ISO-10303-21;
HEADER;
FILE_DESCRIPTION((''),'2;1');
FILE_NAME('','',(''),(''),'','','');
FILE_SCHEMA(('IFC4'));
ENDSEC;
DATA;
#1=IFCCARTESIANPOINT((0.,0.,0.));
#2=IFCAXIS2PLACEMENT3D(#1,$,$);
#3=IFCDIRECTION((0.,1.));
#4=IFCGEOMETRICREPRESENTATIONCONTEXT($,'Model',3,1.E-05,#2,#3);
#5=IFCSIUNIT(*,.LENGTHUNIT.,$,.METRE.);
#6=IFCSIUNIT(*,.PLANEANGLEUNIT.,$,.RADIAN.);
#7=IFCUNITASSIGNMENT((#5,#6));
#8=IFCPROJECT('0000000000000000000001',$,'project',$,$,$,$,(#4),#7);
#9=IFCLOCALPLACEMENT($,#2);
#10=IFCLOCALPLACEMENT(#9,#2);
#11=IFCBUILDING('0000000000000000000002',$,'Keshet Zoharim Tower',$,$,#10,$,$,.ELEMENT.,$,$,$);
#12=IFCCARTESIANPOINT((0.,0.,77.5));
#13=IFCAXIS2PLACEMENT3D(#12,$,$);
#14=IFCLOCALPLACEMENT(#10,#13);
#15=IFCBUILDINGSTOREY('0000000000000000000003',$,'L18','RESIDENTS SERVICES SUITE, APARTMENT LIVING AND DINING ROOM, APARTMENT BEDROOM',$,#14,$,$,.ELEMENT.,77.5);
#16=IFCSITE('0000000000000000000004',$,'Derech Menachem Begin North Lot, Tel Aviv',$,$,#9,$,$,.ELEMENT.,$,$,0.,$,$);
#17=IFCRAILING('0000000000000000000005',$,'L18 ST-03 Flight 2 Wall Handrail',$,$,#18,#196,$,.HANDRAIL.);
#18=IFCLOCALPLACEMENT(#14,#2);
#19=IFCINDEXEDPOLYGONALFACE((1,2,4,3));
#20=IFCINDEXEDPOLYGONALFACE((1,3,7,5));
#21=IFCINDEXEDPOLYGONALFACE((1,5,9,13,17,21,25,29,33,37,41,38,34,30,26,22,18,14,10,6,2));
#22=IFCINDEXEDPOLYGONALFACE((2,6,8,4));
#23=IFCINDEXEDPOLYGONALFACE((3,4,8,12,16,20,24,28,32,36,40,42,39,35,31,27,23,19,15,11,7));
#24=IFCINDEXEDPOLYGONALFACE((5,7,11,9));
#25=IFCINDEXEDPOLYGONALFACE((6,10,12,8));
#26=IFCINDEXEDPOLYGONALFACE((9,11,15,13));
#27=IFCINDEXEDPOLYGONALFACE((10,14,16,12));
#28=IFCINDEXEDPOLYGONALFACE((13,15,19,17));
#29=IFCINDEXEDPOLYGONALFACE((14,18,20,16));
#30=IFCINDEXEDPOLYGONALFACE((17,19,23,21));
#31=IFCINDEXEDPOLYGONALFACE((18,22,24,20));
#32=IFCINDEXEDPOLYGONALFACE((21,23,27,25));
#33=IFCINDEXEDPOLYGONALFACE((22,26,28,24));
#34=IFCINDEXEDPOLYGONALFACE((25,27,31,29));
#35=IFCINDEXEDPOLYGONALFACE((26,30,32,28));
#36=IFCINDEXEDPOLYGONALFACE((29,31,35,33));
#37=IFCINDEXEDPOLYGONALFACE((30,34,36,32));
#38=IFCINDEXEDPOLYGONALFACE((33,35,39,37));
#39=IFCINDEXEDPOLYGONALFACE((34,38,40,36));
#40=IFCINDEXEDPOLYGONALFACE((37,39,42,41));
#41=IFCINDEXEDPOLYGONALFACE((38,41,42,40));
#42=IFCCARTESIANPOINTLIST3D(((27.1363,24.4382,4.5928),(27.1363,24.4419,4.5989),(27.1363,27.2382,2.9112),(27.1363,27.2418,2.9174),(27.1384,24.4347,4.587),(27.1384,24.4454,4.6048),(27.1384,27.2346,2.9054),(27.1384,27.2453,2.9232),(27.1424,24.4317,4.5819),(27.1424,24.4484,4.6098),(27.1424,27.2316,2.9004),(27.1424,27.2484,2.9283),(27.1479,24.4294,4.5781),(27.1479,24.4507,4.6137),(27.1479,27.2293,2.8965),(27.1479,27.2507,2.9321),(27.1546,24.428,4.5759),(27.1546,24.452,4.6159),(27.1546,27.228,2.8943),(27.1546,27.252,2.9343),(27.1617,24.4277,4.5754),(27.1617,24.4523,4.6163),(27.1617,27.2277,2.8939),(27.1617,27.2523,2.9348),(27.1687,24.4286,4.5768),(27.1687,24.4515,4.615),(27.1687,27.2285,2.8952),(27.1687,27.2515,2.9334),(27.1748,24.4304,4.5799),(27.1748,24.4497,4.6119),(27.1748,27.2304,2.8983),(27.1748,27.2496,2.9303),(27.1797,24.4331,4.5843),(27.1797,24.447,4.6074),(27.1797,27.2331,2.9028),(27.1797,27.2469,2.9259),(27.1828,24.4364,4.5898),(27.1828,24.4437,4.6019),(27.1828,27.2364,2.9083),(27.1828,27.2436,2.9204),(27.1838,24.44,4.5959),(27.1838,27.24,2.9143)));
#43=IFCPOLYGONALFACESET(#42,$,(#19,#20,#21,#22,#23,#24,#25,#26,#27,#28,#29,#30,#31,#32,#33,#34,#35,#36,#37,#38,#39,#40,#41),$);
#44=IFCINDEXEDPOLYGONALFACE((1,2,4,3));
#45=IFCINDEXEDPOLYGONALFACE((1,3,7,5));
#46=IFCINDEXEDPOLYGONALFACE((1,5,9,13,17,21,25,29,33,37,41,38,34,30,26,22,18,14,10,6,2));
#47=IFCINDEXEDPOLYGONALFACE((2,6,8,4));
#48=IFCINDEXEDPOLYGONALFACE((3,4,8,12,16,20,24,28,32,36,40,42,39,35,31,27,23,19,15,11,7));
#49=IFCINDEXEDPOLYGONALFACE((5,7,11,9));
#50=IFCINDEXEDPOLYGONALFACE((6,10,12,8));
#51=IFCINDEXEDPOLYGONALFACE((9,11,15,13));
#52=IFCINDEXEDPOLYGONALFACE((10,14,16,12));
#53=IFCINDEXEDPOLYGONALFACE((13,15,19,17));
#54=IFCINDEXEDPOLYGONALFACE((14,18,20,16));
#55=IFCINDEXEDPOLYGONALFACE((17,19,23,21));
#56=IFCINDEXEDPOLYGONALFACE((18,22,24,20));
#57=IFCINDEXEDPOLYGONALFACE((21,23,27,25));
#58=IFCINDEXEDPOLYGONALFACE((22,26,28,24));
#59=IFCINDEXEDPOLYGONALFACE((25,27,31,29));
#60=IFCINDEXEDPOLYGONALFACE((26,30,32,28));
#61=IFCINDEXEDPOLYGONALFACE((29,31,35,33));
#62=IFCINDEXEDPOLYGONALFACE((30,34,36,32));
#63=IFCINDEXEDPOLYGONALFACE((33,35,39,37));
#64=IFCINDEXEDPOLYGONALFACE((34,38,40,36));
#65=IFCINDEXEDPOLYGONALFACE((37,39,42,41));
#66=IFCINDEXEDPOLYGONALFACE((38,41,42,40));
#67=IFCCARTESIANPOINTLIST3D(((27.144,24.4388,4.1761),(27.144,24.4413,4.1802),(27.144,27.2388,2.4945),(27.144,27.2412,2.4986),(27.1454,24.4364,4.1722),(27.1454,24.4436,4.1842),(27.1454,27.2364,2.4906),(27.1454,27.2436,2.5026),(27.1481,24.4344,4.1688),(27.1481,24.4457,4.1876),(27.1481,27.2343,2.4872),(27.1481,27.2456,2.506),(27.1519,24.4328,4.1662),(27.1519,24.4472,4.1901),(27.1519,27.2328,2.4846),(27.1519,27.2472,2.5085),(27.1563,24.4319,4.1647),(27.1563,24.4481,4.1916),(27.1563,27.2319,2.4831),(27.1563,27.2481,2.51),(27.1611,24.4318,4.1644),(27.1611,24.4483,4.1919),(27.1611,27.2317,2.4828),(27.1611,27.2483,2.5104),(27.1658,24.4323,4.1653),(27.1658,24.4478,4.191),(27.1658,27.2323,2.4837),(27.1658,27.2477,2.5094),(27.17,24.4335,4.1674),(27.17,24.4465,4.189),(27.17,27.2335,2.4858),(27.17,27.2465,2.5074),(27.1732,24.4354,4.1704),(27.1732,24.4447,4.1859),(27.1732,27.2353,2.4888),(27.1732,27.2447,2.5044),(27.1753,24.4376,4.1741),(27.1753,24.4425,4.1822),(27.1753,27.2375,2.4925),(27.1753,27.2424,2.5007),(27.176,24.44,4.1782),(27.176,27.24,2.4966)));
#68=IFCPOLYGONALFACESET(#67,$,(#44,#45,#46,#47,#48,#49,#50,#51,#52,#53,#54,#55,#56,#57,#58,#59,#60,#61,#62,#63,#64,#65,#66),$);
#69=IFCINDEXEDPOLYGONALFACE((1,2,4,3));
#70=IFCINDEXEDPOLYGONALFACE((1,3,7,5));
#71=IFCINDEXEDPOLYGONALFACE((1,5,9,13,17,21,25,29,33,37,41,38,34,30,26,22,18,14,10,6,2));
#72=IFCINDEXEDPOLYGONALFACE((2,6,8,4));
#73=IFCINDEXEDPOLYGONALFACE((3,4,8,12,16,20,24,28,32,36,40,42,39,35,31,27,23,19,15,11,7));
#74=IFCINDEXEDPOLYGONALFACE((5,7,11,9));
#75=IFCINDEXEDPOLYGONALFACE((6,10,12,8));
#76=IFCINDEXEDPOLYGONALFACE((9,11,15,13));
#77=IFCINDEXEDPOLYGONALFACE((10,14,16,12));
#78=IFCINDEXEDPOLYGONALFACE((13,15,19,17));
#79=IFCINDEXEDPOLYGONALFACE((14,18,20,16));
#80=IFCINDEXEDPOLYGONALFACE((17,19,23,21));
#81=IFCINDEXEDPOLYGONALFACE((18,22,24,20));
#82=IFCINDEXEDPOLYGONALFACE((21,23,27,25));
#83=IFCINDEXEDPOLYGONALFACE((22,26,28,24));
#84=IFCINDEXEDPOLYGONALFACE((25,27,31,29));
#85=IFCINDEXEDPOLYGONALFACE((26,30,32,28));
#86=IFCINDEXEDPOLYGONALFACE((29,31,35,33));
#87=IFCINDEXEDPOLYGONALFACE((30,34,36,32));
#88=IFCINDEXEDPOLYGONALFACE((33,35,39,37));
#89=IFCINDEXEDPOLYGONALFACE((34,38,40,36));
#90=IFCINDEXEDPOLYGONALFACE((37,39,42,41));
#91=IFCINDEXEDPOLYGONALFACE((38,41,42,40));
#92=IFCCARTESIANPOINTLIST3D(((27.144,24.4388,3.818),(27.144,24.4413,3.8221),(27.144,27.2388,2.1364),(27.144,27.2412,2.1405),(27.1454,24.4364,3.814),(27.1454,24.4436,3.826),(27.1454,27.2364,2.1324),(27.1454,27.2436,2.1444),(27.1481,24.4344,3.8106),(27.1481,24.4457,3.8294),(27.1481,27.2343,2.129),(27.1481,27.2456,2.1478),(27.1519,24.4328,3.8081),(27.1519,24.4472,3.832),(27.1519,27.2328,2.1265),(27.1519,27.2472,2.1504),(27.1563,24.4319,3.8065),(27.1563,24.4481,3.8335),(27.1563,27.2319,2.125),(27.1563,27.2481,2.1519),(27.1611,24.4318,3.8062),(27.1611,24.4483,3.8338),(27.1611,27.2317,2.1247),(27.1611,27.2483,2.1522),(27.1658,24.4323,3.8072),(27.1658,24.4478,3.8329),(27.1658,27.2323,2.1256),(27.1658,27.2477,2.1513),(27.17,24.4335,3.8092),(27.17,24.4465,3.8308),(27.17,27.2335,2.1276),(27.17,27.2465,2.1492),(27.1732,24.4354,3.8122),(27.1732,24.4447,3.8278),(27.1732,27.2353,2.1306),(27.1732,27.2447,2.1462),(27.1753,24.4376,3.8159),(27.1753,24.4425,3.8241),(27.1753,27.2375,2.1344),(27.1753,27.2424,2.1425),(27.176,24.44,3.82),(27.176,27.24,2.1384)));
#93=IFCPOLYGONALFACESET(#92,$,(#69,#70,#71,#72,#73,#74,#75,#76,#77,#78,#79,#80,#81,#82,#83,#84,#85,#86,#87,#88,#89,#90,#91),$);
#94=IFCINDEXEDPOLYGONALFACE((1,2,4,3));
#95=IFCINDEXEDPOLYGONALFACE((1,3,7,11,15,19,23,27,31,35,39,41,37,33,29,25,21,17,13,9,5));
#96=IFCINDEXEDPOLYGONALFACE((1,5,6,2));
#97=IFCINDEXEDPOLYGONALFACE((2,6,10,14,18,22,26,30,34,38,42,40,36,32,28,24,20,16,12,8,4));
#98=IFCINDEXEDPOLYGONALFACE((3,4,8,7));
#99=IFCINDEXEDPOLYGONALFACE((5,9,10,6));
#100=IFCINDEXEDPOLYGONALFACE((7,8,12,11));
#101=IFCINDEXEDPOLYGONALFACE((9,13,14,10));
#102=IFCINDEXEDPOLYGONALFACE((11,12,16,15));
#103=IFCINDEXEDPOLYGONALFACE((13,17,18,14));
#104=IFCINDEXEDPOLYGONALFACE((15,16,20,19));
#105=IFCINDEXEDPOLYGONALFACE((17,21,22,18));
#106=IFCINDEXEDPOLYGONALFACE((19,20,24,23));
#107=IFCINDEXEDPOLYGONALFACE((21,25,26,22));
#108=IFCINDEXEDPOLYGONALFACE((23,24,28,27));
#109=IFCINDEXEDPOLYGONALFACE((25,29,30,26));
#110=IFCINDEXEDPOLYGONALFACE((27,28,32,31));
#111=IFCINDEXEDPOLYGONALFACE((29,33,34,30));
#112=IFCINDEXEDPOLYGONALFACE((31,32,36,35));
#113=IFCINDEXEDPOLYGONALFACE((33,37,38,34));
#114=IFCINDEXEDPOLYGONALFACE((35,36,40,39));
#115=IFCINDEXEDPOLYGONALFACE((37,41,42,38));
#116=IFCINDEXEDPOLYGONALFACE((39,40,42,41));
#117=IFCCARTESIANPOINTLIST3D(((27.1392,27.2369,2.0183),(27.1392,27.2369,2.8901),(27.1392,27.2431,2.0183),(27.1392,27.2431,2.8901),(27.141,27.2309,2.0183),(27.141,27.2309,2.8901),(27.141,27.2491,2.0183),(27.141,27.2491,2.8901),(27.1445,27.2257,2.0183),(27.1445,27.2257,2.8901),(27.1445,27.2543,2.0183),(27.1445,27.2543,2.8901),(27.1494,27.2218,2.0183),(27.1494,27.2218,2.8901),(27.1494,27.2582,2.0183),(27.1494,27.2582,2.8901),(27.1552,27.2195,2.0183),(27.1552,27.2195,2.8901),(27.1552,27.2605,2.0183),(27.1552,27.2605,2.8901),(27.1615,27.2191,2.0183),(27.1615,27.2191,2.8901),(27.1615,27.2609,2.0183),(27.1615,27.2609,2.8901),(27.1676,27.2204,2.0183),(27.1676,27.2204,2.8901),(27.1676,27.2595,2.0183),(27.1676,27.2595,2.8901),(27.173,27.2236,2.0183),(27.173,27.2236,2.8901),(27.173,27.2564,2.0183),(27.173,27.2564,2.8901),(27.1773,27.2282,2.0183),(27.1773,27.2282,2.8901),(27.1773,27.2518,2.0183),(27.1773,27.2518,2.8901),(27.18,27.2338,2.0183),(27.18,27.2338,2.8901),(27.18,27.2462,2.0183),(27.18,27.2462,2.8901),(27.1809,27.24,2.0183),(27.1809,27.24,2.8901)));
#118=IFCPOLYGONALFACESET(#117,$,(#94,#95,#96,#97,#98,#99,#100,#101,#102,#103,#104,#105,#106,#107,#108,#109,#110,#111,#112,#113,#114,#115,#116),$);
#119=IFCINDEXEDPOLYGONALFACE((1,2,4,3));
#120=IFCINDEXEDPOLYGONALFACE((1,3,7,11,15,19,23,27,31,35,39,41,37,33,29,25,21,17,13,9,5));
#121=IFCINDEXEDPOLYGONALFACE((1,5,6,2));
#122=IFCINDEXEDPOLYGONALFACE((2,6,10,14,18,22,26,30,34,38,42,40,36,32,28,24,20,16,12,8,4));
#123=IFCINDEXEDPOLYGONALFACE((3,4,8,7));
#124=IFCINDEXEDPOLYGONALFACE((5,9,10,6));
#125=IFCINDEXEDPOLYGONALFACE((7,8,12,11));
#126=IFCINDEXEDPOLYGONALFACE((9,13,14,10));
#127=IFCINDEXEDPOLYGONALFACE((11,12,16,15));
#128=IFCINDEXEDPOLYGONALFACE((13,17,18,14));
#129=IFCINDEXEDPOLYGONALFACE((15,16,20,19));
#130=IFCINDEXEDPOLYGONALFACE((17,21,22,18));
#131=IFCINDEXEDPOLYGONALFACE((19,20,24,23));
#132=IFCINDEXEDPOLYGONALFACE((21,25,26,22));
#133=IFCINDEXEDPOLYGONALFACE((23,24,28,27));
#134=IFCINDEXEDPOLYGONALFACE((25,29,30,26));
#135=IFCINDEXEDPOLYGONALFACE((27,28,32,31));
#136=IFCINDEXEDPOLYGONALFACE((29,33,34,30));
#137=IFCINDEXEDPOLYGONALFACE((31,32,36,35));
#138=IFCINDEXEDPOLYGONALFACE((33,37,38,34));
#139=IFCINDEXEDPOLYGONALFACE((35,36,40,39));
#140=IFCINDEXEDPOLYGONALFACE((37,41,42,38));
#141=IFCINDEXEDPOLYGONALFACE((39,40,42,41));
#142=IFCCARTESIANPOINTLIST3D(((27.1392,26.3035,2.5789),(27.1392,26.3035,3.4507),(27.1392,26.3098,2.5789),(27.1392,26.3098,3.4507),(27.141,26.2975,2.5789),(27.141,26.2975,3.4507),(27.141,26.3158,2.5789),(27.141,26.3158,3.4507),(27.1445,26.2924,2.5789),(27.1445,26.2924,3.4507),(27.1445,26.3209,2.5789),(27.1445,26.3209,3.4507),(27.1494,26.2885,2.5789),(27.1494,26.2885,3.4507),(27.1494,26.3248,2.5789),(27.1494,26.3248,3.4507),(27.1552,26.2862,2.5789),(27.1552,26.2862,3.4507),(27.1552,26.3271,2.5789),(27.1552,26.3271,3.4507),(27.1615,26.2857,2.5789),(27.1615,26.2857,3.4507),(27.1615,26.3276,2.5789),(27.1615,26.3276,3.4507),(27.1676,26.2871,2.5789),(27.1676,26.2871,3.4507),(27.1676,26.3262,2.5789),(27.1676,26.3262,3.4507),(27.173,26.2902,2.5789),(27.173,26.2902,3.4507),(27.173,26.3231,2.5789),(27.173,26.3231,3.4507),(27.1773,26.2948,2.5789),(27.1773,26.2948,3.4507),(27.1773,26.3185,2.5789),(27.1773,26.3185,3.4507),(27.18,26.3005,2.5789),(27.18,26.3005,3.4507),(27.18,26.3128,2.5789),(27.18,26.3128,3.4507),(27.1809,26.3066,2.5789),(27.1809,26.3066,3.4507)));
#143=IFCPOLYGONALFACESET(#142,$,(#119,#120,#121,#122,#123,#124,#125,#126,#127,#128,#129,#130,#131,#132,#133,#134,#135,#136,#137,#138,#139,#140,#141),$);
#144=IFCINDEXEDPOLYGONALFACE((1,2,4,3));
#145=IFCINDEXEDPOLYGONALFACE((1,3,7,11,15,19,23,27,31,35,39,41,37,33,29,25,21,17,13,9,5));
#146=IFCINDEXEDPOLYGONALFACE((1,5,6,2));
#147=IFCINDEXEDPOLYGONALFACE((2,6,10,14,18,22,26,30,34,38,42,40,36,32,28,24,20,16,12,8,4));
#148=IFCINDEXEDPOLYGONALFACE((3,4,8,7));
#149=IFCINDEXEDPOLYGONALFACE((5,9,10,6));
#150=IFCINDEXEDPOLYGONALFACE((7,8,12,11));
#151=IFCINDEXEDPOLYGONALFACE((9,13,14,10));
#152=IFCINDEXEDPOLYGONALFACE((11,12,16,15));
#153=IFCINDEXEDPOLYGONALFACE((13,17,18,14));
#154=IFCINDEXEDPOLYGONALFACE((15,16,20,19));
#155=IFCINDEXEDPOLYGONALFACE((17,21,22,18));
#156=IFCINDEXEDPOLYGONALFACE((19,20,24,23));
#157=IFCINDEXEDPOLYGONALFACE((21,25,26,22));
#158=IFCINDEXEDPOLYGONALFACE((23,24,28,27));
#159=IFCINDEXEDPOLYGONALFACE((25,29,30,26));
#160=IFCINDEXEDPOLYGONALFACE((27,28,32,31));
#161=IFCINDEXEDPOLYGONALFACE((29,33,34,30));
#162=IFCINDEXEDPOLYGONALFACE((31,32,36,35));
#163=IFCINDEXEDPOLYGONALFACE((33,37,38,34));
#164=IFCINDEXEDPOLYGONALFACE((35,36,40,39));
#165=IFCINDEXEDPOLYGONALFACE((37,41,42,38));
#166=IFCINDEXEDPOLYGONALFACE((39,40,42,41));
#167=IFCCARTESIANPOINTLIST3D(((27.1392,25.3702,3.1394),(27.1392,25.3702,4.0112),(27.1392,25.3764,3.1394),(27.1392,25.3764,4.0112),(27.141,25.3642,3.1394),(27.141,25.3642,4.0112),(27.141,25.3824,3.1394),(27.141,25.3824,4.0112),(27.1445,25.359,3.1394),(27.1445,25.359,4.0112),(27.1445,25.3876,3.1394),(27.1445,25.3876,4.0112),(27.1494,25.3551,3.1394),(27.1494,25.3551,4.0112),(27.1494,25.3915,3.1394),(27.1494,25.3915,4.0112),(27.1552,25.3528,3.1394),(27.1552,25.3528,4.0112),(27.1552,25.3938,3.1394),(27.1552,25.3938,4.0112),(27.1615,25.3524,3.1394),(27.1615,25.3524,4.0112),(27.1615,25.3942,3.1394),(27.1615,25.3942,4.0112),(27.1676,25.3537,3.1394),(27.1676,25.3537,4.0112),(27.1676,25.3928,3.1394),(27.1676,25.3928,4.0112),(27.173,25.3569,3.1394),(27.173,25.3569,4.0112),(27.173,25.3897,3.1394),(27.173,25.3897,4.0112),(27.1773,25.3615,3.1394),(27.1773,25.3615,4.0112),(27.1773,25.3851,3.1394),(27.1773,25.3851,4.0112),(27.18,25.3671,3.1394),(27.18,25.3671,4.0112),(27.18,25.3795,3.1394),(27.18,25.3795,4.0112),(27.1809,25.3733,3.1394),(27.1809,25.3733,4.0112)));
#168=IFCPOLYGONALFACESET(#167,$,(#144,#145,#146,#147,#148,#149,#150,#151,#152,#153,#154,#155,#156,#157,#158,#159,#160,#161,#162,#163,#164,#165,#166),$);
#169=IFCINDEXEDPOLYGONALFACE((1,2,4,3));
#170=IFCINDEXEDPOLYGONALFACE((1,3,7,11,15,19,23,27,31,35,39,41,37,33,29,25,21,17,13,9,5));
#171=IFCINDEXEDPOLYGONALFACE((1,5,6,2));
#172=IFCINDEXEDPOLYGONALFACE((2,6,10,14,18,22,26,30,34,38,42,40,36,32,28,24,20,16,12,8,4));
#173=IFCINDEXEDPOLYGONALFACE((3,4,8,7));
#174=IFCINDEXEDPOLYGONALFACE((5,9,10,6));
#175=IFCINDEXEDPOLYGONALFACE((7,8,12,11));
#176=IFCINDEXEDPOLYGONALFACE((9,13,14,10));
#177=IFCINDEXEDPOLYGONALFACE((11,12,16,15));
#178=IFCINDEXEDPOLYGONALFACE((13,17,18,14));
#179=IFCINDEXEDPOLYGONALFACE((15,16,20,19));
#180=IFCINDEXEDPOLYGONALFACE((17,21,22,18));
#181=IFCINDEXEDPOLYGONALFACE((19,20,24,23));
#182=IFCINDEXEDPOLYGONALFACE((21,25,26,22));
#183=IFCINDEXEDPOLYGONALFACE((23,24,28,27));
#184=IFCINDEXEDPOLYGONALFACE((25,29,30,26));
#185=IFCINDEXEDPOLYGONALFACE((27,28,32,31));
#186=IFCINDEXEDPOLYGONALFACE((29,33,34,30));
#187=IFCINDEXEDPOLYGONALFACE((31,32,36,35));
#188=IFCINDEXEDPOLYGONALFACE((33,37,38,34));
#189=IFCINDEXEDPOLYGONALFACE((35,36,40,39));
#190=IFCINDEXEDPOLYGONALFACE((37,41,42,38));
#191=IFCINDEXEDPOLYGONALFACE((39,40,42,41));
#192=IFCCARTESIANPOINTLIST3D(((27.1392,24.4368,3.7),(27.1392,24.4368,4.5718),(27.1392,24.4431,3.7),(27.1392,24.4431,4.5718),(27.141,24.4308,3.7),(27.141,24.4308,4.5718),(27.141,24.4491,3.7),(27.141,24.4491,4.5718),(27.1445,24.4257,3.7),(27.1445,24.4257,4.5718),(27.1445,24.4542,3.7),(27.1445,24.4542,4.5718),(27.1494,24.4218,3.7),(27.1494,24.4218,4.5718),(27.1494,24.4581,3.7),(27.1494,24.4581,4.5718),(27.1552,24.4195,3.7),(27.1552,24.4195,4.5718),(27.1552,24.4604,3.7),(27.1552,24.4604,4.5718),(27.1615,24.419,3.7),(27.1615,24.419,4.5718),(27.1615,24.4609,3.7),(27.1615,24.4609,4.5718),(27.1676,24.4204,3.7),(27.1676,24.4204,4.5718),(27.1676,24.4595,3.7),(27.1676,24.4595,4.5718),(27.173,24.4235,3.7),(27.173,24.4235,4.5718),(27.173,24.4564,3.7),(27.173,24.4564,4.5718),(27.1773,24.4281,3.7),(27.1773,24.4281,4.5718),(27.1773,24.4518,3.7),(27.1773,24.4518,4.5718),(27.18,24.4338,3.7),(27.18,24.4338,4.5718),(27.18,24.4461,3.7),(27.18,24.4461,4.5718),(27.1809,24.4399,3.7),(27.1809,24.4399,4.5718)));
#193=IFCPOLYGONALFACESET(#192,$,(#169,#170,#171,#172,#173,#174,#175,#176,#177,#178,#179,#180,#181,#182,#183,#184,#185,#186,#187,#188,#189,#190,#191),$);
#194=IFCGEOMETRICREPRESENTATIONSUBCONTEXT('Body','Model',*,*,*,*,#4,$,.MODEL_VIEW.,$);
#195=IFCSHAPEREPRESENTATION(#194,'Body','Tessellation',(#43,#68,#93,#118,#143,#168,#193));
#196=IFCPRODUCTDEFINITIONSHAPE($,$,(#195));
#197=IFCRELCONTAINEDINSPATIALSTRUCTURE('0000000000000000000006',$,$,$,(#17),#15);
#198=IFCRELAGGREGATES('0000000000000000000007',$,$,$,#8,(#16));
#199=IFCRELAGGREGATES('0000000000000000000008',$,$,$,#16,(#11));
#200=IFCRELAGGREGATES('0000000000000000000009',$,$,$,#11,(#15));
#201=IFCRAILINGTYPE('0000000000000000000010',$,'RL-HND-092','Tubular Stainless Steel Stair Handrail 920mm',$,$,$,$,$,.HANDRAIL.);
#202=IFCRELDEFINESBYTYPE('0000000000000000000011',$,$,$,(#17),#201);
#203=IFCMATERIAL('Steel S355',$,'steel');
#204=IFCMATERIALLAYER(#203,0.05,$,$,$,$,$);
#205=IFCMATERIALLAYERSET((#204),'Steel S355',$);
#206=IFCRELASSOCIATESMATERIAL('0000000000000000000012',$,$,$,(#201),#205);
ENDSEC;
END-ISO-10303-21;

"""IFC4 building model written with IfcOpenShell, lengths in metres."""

from ifc_helpers import new_model, si_unit, direction, frame, origin, origin_2d, place, context, subcontext, project, spatial, circle, extrude, material, layer, layer_set, type_object, element, save


model = new_model("IFC4")

# Units and contexts
model_context = context("Model", 3, precision=1e-05, world=origin(), true_north=direction((0.0, 1.0)))
body_context = subcontext(model_context, "Body", "Model", "MODEL_VIEW")
ifc_project = project(units=[si_unit("LENGTHUNIT", "METRE"), si_unit("PLANEANGLEUNIT", "RADIAN")], contexts=[model_context])

# Site, building, storey
site_placement = place(None, origin())
site = spatial("IfcSite", under=ifc_project, at=site_placement, Name="Derech Menachem Begin North Lot, Tel Aviv", CompositionType="ELEMENT", RefElevation=0.0)
building_placement = place(site_placement, origin())
building = spatial("IfcBuilding", under=site, at=building_placement, Name="Keshet Zoharim Tower", CompositionType="ELEMENT")
storey_placement = place(building_placement, frame((0.0, 0.0, 77.5)))
storey = spatial("IfcBuildingStorey", under=building, at=storey_placement, Name="L18", Description="RESIDENTS SERVICES SUITE, APARTMENT LIVING AND DINING ROOM, APARTMENT BEDROOM", CompositionType="ELEMENT", Elevation=77.5)

# Shared definitions
ifc_material_1 = material(Name="Steel S355", Category="steel")

# Railing
ifc_layer_1 = layer(ifc_material_1, 0.05)
ifc_layer_set_1 = layer_set([ifc_layer_1], Name="Steel S355")
railing_type_1 = type_object("IfcRailingType", Name="RL-HND-092", Description="Tubular Stainless Steel Stair Handrail 920mm", PredefinedType="HANDRAIL", material=ifc_layer_set_1)
railing_1_placement = place(storey_placement, frame((27.1599, 27.24, 2.0183)))
element("IfcRailing", 1, at=railing_1_placement, inside=storey, type_object=railing_type_1, Name="L18 ST-03 Flight 2 Wall Handrail", PredefinedType="HANDRAIL", context=body_context, shape_type="SweptSolid", body=[
    extrude(circle(Radius=0.0239, at=origin_2d()), frame((0.0, 0.0, 0.896), z_axis=(0.0, -0.857275, 0.514858), x_axis=(1.0, 0.0, 0.0)), (0.0, 0.0, 1.0), 3.2661),
    extrude(circle(Radius=0.0161, at=origin_2d()), frame((0.0, 0.0, 0.4783), z_axis=(0.0, -0.857275, 0.514858), x_axis=(1.0, 0.0, 0.0)), (0.0, 0.0, 1.0), 3.2661),
    extrude(circle(Radius=0.0161, at=origin_2d()), frame((0.0, 0.0, 0.1201), z_axis=(0.0, -0.857275, 0.514858), x_axis=(1.0, 0.0, 0.0)), (0.0, 0.0, 1.0), 3.2661),
    extrude(circle(Radius=0.021, at=origin_2d()), origin(), (0.0, 0.0, 1.0), 0.8718),
    extrude(circle(Radius=0.021, at=origin_2d()), frame((0.0, -0.9333, 0.5605)), (0.0, 0.0, 1.0), 0.8718),
    extrude(circle(Radius=0.021, at=origin_2d()), frame((0.0, -1.8667, 1.1211)), (0.0, 0.0, 1.0), 0.8718),
    extrude(circle(Radius=0.021, at=origin_2d()), frame((0.0, -2.8, 1.6816)), (0.0, 0.0, 1.0), 0.8718),
])

save(model, "model.ifc")
